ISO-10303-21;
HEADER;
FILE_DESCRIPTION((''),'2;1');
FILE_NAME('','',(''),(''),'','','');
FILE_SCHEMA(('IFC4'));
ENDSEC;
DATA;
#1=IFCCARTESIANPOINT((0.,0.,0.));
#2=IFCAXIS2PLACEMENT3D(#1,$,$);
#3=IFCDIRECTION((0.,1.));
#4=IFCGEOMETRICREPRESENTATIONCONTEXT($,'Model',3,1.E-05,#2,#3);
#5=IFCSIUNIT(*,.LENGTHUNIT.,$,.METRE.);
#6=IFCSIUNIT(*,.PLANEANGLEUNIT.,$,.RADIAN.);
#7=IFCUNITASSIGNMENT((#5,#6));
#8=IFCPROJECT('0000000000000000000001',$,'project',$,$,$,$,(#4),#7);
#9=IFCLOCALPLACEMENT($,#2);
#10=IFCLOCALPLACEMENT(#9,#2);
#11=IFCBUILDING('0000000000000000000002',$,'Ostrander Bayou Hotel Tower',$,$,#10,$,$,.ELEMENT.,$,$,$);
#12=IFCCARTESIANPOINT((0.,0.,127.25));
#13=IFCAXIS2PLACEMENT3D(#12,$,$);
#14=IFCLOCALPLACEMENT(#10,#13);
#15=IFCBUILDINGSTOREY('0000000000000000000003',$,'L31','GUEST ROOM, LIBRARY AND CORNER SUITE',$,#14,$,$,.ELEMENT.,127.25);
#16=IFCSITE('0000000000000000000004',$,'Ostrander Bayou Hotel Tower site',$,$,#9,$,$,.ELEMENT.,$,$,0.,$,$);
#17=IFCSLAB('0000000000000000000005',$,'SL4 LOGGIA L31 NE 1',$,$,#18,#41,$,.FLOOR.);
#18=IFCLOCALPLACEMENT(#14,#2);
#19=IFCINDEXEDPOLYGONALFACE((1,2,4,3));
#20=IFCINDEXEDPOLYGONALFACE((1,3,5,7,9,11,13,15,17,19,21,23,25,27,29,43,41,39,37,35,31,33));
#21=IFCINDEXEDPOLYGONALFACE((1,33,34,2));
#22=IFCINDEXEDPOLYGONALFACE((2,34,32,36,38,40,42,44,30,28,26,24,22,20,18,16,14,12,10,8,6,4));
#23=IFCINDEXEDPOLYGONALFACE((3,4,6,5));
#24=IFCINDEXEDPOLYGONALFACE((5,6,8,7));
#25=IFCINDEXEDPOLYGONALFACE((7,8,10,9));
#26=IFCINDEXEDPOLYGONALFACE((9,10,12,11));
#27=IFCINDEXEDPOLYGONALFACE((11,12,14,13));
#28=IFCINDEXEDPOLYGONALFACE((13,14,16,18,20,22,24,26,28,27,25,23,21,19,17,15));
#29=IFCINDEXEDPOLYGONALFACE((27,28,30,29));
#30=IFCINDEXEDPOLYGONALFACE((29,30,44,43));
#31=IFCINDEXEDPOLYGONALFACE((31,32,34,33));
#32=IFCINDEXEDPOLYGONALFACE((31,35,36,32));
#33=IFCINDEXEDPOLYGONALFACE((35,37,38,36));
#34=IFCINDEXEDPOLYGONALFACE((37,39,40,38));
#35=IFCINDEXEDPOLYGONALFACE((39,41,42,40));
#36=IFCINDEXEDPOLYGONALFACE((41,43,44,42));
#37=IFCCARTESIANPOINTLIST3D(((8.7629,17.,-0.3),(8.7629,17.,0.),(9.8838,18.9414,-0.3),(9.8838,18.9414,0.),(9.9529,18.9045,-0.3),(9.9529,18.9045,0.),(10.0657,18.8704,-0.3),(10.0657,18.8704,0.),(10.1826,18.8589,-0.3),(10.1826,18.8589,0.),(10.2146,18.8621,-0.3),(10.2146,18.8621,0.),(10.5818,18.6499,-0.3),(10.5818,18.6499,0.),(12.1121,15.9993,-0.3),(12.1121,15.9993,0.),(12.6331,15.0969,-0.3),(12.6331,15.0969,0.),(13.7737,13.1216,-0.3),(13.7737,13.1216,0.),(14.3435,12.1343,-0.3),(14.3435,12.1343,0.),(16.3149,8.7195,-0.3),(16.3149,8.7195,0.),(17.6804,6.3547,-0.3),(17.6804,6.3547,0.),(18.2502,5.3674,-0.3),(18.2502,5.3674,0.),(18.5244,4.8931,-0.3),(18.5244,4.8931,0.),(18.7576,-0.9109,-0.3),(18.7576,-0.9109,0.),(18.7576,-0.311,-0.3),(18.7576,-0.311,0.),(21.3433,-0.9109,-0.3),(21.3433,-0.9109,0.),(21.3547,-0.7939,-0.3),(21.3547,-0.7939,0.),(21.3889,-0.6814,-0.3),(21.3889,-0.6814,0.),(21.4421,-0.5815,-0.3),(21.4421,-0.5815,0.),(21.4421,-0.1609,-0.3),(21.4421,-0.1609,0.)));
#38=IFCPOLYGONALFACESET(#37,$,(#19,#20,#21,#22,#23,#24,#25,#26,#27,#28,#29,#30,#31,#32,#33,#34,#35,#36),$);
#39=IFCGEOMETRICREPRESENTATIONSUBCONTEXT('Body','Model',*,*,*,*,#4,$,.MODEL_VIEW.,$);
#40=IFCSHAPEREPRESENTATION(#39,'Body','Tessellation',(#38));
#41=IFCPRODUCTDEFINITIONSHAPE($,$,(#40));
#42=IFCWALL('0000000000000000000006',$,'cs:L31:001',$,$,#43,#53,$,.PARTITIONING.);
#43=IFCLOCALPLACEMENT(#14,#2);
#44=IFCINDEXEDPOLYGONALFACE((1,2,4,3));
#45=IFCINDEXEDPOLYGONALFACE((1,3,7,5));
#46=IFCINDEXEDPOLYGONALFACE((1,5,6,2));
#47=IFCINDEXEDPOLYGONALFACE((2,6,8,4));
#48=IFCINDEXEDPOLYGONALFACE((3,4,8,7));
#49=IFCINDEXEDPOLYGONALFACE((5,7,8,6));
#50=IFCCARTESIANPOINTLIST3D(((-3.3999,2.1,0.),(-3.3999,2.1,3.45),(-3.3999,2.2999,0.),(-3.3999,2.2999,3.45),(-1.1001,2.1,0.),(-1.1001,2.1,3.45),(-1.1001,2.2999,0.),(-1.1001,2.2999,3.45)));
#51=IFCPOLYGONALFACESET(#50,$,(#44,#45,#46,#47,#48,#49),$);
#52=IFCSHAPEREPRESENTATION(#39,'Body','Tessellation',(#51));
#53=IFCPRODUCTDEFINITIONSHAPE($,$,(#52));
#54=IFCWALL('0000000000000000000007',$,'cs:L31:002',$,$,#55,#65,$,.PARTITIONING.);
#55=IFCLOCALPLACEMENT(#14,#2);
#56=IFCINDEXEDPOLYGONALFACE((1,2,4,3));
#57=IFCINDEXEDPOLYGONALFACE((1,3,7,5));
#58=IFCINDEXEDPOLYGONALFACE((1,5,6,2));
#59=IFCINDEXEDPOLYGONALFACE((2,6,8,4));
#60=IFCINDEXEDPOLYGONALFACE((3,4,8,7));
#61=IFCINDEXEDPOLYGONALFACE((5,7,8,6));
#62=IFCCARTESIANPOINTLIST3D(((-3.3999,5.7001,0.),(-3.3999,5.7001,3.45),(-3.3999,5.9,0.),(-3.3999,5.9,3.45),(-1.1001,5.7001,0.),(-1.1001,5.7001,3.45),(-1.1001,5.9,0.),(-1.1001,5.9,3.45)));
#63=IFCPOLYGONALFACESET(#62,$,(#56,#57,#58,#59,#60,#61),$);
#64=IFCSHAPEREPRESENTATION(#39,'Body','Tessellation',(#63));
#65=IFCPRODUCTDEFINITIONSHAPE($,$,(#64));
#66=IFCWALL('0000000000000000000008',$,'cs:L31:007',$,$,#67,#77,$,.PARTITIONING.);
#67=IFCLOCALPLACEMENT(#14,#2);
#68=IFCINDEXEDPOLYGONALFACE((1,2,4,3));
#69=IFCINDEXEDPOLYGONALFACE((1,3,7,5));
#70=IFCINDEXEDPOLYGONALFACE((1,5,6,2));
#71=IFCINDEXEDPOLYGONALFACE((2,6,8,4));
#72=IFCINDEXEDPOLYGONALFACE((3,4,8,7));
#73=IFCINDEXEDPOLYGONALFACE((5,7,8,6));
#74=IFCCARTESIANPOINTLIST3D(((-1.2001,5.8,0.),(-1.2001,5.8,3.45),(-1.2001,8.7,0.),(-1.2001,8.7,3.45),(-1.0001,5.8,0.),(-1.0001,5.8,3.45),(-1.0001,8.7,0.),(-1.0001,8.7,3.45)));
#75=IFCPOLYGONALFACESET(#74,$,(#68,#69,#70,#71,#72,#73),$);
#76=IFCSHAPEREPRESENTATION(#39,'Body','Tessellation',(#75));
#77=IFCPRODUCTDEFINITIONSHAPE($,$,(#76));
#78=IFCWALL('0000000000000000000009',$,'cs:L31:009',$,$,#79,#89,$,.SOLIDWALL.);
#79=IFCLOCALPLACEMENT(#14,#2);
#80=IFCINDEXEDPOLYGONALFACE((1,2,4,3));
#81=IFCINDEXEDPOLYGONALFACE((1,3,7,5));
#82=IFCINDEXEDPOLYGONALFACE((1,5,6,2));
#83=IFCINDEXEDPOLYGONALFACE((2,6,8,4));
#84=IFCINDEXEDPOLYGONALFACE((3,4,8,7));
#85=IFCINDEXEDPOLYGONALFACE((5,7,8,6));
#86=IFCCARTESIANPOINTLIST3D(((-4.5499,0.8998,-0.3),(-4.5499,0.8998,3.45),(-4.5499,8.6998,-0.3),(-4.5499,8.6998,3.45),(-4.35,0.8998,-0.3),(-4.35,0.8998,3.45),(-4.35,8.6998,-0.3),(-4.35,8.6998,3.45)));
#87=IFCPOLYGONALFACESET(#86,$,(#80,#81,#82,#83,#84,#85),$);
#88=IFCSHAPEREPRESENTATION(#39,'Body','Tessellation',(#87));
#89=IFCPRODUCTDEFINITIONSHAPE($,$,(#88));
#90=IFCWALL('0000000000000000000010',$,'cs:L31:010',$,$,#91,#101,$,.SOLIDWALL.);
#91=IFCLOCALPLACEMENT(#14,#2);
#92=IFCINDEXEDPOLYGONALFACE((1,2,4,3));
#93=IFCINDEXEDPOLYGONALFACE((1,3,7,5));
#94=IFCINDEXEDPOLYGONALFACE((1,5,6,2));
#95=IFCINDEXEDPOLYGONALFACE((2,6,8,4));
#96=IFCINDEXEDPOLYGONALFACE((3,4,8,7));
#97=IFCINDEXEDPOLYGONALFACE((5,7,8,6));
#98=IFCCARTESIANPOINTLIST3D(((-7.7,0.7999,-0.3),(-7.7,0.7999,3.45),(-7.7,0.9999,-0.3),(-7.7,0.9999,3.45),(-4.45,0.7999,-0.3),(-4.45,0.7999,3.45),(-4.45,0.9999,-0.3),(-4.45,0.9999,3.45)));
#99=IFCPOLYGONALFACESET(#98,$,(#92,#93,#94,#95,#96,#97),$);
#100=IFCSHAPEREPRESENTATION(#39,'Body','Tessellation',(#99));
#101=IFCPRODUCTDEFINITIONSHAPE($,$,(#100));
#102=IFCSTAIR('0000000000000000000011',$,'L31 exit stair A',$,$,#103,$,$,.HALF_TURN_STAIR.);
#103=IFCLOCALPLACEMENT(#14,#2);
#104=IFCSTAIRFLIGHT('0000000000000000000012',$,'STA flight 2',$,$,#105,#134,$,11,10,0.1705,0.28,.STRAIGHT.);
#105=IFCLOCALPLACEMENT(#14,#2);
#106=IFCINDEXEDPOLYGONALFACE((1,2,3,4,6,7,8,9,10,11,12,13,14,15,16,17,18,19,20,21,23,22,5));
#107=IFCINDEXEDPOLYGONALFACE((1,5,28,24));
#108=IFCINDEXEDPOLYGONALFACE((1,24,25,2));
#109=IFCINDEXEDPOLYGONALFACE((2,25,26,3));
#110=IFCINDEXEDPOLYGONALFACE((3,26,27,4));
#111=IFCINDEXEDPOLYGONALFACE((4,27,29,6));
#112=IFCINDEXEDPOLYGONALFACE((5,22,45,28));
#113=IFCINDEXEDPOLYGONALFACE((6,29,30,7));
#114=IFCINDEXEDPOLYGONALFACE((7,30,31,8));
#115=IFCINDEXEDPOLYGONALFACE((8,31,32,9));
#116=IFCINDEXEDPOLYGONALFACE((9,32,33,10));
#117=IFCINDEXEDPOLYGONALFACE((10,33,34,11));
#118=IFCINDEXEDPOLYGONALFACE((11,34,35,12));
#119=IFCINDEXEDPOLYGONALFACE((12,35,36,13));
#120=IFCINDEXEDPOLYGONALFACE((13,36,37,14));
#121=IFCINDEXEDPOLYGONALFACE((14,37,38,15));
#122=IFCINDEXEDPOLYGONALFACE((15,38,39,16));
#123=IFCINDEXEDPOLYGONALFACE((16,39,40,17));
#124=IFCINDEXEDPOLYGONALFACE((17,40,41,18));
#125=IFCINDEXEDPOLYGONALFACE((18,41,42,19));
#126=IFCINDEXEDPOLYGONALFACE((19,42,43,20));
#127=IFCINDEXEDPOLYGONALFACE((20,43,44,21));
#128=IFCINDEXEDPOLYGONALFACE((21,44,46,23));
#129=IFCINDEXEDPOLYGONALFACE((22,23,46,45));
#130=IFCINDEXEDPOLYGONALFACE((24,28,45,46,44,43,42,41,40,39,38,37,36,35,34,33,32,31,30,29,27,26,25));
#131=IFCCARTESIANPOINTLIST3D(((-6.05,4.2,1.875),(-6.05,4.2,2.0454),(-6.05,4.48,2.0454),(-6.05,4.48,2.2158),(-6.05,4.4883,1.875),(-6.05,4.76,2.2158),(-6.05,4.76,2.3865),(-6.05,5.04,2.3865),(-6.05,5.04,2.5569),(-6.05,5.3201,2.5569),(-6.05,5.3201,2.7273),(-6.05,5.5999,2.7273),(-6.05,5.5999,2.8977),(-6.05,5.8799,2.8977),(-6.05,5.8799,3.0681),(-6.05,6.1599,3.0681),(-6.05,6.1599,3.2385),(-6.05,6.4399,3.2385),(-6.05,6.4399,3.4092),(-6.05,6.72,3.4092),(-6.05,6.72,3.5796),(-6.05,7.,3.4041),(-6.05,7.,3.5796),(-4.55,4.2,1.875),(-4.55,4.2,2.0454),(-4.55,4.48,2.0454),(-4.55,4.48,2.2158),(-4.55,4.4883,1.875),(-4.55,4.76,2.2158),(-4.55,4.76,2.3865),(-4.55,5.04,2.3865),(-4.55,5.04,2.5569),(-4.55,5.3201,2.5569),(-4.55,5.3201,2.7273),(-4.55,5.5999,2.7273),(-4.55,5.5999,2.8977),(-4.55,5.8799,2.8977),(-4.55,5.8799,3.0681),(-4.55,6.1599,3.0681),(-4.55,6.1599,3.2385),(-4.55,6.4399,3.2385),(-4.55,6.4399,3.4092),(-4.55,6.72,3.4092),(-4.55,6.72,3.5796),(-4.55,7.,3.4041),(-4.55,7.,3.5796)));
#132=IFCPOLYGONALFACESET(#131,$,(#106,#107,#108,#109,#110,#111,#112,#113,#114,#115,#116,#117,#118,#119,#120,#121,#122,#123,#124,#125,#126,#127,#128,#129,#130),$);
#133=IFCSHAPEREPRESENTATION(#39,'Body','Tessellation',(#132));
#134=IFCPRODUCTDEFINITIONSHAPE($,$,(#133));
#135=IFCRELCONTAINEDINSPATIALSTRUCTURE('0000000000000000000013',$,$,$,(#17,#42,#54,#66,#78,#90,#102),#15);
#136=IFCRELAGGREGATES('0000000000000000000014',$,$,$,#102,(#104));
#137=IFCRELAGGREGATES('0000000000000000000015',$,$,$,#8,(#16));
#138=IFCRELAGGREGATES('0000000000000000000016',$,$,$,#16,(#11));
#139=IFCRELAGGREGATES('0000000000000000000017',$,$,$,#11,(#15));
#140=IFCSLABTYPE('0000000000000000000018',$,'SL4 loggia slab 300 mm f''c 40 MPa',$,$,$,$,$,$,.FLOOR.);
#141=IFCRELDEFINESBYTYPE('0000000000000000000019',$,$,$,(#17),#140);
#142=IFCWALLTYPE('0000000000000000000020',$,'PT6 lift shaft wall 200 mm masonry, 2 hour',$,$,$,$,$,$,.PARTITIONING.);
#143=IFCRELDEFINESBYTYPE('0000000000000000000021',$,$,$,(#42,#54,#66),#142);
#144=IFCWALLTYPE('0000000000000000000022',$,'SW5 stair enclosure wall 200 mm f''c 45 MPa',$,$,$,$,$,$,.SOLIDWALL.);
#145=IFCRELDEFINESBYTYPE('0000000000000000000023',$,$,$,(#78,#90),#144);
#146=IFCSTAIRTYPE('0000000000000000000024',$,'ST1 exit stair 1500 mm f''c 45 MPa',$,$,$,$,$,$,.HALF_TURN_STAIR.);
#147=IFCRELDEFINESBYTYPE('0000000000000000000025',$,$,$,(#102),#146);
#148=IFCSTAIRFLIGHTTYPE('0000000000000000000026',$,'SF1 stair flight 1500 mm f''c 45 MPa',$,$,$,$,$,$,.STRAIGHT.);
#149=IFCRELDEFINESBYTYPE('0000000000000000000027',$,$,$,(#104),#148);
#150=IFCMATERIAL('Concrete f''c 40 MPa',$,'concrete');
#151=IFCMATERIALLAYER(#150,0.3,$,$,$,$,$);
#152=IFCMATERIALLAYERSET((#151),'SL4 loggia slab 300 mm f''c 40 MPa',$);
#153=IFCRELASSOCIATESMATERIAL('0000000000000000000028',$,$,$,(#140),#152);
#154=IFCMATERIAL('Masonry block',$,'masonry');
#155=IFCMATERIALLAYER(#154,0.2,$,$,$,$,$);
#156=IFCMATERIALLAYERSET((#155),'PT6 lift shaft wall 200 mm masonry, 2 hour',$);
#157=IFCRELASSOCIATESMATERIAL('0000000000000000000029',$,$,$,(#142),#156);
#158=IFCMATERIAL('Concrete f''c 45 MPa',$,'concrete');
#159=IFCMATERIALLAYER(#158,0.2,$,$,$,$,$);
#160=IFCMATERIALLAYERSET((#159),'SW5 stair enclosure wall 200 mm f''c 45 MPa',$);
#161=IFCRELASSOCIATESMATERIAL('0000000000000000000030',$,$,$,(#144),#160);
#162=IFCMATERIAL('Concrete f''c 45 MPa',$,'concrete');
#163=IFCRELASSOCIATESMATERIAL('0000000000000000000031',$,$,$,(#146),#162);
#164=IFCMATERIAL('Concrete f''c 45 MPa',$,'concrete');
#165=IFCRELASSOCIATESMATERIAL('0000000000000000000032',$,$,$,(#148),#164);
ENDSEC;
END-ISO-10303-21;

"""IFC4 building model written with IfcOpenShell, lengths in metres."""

from ifc_helpers import new_model, si_unit, direction, frame, frame_2d, origin, place, context, subcontext, project, spatial, polyline, rectangle, outline, extrude, material, layer, layer_set, type_object, element, aggregate, save


model = new_model("IFC4")

# Units and contexts
model_context = context("Model", 3, precision=1e-05, world=origin(), true_north=direction((0.0, 1.0)))
body_context = subcontext(model_context, "Body", "Model", "MODEL_VIEW")
ifc_project = project(units=[si_unit("LENGTHUNIT", "METRE"), si_unit("PLANEANGLEUNIT", "RADIAN")], contexts=[model_context])

# Site, building, storey
site_placement = place(None, origin())
site = spatial("IfcSite", under=ifc_project, at=site_placement, Name="Ostrander Bayou Hotel Tower site", CompositionType="ELEMENT", RefElevation=0.0)
building_placement = place(site_placement, origin())
building = spatial("IfcBuilding", under=site, at=building_placement, Name="Ostrander Bayou Hotel Tower", CompositionType="ELEMENT")
storey_placement = place(building_placement, frame((0.0, 0.0, 127.25)))
storey = spatial("IfcBuildingStorey", under=building, at=storey_placement, Name="L31", Description="GUEST ROOM, LIBRARY AND CORNER SUITE", CompositionType="ELEMENT", Elevation=127.25)

# Slab
ifc_material_1 = material(Name="Concrete f'c 40 MPa", Category="concrete")
ifc_layer_1 = layer(ifc_material_1, 0.3)
ifc_layer_set_1 = layer_set([ifc_layer_1], Name="SL4 loggia slab 300 mm f'c 40 MPa")
slab_type_1 = type_object("IfcSlabType", Name="SL4 loggia slab 300 mm f'c 40 MPa", PredefinedType="FLOOR", material=ifc_layer_set_1)
slab_1_placement = place(storey_placement, frame((0.0, 0.0, -0.3)))
element("IfcSlab", 1, at=slab_1_placement, inside=storey, type_object=slab_type_1, Name="SL4 LOGGIA L31 NE 1", PredefinedType="FLOOR", context=body_context, shape_type="SweptSolid", body=[
    extrude(outline(polyline([(9.8838, 18.9414), (9.9529, 18.9045), (10.0657, 18.8704), (10.1826, 18.8589), (10.2146, 18.8621), (10.5818, 18.6499), (12.1121, 15.9993), (12.6331, 15.0969), (13.7737, 13.1216), (14.3435, 12.1343), (16.3149, 8.7195), (17.6804, 6.3547), (18.2502, 5.3674), (18.5244, 4.8931), (21.4421, -0.1609), (21.4421, -0.5815), (21.3889, -0.6814), (21.3547, -0.7939), (21.3433, -0.9109), (18.7576, -0.9109), (18.7576, -0.311), (8.7629, 17.0), (9.8838, 18.9414)])), origin(), (0.0, 0.0, 1.0), 0.3),
])

# Walls
ifc_material_2 = material(Name="Masonry block", Category="masonry")
ifc_layer_2 = layer(ifc_material_2, 0.2)
ifc_layer_set_2 = layer_set([ifc_layer_2], Name="PT6 lift shaft wall 200 mm masonry, 2 hour")
wall_type_1 = type_object("IfcWallType", Name="PT6 lift shaft wall 200 mm masonry, 2 hour", PredefinedType="PARTITIONING", material=ifc_layer_set_2)
for number, where, z_axis, x_axis, name in (
    (2, (-3.3999, 2.2, 0.0), (0.0, 0.0, 1.0), (1.0, 0.0, 0.0), "cs:L31:001"),
    (3, (-3.3999, 5.8, 0.0), (0.0, 0.0, 1.0), (1.0, 0.0, 0.0), "cs:L31:002"),
):
    element("IfcWall", number, at=place(storey_placement, frame(where, z_axis=z_axis, x_axis=x_axis)), inside=storey, type_object=wall_type_1, Name=name, PredefinedType="PARTITIONING", context=body_context, shape_type="SweptSolid", body=[
        extrude(rectangle(XDim=2.2998, YDim=0.2, at=frame_2d((1.1499, 0.0))), origin(), (0.0, 0.0, 1.0), 3.45),
    ])
wall_1_placement = place(storey_placement, frame((-1.1001, 5.8, 0.0), z_axis=(0.0, 0.0, 1.0), x_axis=(0.0, 1.0, 0.0)))
element("IfcWall", 4, at=wall_1_placement, inside=storey, type_object=wall_type_1, Name="cs:L31:007", PredefinedType="PARTITIONING", context=body_context, shape_type="SweptSolid", body=[
    extrude(rectangle(XDim=2.8999, YDim=0.2, at=frame_2d((1.45, 0.0))), origin(), (0.0, 0.0, 1.0), 3.45),
])
ifc_material_3 = material(Name="Concrete f'c 45 MPa", Category="concrete")
ifc_layer_3 = layer(ifc_material_3, 0.2)
ifc_layer_set_3 = layer_set([ifc_layer_3], Name="SW5 stair enclosure wall 200 mm f'c 45 MPa")
wall_type_2 = type_object("IfcWallType", Name="SW5 stair enclosure wall 200 mm f'c 45 MPa", PredefinedType="SOLIDWALL", material=ifc_layer_set_3)
wall_2_placement = place(storey_placement, frame((-4.45, 0.8999, -0.3), z_axis=(0.0, 0.0, 1.0), x_axis=(0.0, 1.0, 0.0)))
element("IfcWall", 5, at=wall_2_placement, inside=storey, type_object=wall_type_2, Name="cs:L31:009", PredefinedType="SOLIDWALL", context=body_context, shape_type="SweptSolid", body=[
    extrude(rectangle(XDim=7.8, YDim=0.2, at=frame_2d((3.8999, 0.0))), origin(), (0.0, 0.0, 1.0), 3.75),
])
wall_3_placement = place(storey_placement, frame((-7.7, 0.8999, -0.3), z_axis=(0.0, 0.0, 1.0), x_axis=(1.0, 0.0, 0.0)))
element("IfcWall", 6, at=wall_3_placement, inside=storey, type_object=wall_type_2, Name="cs:L31:010", PredefinedType="SOLIDWALL", context=body_context, shape_type="SweptSolid", body=[
    extrude(rectangle(XDim=3.25, YDim=0.2, at=frame_2d((1.625, 0.0))), origin(), (0.0, 0.0, 1.0), 3.75),
])

# Stair, stair flight
ifc_material_4 = material(Name="Concrete f'c 45 MPa", Category="concrete")
stair_type = type_object("IfcStairType", Name="ST1 exit stair 1500 mm f'c 45 MPa", PredefinedType="HALF_TURN_STAIR", material=ifc_material_4)
stair_placement = place(storey_placement, origin())
stair = element("IfcStair", 7, at=stair_placement, inside=storey, type_object=stair_type, Name="L31 exit stair A", PredefinedType="HALF_TURN_STAIR")
ifc_material_5 = material(Name="Concrete f'c 45 MPa", Category="concrete")
stair_flight_type = type_object("IfcStairFlightType", Name="SF1 stair flight 1500 mm f'c 45 MPa", PredefinedType="STRAIGHT", material=ifc_material_5)
stair_flight_placement = place(storey_placement, frame((-5.3, 4.2, 1.875), z_axis=(0.0, 0.0, 1.0), x_axis=(0.0, 1.0, 0.0)))
stair_flight = element("IfcStairFlight", 8, at=stair_flight_placement, type_object=stair_flight_type, Name="STA flight 2", NumberOfRisers=11, NumberOfTreads=10, PredefinedType="STRAIGHT", RiserHeight=0.1705, TreadLength=0.28, context=body_context, shape_type="SweptSolid", body=[
    extrude(outline(polyline([(0.0, 0.0), (0.0, 0.1704), (0.28, 0.1704), (0.28, 0.3408), (0.5601, 0.3408), (0.5601, 0.5115), (0.8401, 0.5115), (0.8401, 0.6819), (1.1201, 0.6819), (1.1201, 0.8523), (1.3999, 0.8523), (1.3999, 1.0227), (1.6799, 1.0227), (1.6799, 1.1931), (1.96, 1.1931), (1.96, 1.3635), (2.24, 1.3635), (2.24, 1.5342), (2.52, 1.5342), (2.52, 1.7046), (2.8, 1.7046), (2.8, 1.875), (2.8, 1.5291), (0.2883, 0.0), (0.0, 0.0)])), frame((0.0, 0.75, 0.0), z_axis=(0.0, -1.0, 0.0), x_axis=(1.0, 0.0, 0.0)), (0.0, 0.0, 1.0), 1.5),
])
aggregate(stair, [stair_flight])

save(model, "model.ifc")
